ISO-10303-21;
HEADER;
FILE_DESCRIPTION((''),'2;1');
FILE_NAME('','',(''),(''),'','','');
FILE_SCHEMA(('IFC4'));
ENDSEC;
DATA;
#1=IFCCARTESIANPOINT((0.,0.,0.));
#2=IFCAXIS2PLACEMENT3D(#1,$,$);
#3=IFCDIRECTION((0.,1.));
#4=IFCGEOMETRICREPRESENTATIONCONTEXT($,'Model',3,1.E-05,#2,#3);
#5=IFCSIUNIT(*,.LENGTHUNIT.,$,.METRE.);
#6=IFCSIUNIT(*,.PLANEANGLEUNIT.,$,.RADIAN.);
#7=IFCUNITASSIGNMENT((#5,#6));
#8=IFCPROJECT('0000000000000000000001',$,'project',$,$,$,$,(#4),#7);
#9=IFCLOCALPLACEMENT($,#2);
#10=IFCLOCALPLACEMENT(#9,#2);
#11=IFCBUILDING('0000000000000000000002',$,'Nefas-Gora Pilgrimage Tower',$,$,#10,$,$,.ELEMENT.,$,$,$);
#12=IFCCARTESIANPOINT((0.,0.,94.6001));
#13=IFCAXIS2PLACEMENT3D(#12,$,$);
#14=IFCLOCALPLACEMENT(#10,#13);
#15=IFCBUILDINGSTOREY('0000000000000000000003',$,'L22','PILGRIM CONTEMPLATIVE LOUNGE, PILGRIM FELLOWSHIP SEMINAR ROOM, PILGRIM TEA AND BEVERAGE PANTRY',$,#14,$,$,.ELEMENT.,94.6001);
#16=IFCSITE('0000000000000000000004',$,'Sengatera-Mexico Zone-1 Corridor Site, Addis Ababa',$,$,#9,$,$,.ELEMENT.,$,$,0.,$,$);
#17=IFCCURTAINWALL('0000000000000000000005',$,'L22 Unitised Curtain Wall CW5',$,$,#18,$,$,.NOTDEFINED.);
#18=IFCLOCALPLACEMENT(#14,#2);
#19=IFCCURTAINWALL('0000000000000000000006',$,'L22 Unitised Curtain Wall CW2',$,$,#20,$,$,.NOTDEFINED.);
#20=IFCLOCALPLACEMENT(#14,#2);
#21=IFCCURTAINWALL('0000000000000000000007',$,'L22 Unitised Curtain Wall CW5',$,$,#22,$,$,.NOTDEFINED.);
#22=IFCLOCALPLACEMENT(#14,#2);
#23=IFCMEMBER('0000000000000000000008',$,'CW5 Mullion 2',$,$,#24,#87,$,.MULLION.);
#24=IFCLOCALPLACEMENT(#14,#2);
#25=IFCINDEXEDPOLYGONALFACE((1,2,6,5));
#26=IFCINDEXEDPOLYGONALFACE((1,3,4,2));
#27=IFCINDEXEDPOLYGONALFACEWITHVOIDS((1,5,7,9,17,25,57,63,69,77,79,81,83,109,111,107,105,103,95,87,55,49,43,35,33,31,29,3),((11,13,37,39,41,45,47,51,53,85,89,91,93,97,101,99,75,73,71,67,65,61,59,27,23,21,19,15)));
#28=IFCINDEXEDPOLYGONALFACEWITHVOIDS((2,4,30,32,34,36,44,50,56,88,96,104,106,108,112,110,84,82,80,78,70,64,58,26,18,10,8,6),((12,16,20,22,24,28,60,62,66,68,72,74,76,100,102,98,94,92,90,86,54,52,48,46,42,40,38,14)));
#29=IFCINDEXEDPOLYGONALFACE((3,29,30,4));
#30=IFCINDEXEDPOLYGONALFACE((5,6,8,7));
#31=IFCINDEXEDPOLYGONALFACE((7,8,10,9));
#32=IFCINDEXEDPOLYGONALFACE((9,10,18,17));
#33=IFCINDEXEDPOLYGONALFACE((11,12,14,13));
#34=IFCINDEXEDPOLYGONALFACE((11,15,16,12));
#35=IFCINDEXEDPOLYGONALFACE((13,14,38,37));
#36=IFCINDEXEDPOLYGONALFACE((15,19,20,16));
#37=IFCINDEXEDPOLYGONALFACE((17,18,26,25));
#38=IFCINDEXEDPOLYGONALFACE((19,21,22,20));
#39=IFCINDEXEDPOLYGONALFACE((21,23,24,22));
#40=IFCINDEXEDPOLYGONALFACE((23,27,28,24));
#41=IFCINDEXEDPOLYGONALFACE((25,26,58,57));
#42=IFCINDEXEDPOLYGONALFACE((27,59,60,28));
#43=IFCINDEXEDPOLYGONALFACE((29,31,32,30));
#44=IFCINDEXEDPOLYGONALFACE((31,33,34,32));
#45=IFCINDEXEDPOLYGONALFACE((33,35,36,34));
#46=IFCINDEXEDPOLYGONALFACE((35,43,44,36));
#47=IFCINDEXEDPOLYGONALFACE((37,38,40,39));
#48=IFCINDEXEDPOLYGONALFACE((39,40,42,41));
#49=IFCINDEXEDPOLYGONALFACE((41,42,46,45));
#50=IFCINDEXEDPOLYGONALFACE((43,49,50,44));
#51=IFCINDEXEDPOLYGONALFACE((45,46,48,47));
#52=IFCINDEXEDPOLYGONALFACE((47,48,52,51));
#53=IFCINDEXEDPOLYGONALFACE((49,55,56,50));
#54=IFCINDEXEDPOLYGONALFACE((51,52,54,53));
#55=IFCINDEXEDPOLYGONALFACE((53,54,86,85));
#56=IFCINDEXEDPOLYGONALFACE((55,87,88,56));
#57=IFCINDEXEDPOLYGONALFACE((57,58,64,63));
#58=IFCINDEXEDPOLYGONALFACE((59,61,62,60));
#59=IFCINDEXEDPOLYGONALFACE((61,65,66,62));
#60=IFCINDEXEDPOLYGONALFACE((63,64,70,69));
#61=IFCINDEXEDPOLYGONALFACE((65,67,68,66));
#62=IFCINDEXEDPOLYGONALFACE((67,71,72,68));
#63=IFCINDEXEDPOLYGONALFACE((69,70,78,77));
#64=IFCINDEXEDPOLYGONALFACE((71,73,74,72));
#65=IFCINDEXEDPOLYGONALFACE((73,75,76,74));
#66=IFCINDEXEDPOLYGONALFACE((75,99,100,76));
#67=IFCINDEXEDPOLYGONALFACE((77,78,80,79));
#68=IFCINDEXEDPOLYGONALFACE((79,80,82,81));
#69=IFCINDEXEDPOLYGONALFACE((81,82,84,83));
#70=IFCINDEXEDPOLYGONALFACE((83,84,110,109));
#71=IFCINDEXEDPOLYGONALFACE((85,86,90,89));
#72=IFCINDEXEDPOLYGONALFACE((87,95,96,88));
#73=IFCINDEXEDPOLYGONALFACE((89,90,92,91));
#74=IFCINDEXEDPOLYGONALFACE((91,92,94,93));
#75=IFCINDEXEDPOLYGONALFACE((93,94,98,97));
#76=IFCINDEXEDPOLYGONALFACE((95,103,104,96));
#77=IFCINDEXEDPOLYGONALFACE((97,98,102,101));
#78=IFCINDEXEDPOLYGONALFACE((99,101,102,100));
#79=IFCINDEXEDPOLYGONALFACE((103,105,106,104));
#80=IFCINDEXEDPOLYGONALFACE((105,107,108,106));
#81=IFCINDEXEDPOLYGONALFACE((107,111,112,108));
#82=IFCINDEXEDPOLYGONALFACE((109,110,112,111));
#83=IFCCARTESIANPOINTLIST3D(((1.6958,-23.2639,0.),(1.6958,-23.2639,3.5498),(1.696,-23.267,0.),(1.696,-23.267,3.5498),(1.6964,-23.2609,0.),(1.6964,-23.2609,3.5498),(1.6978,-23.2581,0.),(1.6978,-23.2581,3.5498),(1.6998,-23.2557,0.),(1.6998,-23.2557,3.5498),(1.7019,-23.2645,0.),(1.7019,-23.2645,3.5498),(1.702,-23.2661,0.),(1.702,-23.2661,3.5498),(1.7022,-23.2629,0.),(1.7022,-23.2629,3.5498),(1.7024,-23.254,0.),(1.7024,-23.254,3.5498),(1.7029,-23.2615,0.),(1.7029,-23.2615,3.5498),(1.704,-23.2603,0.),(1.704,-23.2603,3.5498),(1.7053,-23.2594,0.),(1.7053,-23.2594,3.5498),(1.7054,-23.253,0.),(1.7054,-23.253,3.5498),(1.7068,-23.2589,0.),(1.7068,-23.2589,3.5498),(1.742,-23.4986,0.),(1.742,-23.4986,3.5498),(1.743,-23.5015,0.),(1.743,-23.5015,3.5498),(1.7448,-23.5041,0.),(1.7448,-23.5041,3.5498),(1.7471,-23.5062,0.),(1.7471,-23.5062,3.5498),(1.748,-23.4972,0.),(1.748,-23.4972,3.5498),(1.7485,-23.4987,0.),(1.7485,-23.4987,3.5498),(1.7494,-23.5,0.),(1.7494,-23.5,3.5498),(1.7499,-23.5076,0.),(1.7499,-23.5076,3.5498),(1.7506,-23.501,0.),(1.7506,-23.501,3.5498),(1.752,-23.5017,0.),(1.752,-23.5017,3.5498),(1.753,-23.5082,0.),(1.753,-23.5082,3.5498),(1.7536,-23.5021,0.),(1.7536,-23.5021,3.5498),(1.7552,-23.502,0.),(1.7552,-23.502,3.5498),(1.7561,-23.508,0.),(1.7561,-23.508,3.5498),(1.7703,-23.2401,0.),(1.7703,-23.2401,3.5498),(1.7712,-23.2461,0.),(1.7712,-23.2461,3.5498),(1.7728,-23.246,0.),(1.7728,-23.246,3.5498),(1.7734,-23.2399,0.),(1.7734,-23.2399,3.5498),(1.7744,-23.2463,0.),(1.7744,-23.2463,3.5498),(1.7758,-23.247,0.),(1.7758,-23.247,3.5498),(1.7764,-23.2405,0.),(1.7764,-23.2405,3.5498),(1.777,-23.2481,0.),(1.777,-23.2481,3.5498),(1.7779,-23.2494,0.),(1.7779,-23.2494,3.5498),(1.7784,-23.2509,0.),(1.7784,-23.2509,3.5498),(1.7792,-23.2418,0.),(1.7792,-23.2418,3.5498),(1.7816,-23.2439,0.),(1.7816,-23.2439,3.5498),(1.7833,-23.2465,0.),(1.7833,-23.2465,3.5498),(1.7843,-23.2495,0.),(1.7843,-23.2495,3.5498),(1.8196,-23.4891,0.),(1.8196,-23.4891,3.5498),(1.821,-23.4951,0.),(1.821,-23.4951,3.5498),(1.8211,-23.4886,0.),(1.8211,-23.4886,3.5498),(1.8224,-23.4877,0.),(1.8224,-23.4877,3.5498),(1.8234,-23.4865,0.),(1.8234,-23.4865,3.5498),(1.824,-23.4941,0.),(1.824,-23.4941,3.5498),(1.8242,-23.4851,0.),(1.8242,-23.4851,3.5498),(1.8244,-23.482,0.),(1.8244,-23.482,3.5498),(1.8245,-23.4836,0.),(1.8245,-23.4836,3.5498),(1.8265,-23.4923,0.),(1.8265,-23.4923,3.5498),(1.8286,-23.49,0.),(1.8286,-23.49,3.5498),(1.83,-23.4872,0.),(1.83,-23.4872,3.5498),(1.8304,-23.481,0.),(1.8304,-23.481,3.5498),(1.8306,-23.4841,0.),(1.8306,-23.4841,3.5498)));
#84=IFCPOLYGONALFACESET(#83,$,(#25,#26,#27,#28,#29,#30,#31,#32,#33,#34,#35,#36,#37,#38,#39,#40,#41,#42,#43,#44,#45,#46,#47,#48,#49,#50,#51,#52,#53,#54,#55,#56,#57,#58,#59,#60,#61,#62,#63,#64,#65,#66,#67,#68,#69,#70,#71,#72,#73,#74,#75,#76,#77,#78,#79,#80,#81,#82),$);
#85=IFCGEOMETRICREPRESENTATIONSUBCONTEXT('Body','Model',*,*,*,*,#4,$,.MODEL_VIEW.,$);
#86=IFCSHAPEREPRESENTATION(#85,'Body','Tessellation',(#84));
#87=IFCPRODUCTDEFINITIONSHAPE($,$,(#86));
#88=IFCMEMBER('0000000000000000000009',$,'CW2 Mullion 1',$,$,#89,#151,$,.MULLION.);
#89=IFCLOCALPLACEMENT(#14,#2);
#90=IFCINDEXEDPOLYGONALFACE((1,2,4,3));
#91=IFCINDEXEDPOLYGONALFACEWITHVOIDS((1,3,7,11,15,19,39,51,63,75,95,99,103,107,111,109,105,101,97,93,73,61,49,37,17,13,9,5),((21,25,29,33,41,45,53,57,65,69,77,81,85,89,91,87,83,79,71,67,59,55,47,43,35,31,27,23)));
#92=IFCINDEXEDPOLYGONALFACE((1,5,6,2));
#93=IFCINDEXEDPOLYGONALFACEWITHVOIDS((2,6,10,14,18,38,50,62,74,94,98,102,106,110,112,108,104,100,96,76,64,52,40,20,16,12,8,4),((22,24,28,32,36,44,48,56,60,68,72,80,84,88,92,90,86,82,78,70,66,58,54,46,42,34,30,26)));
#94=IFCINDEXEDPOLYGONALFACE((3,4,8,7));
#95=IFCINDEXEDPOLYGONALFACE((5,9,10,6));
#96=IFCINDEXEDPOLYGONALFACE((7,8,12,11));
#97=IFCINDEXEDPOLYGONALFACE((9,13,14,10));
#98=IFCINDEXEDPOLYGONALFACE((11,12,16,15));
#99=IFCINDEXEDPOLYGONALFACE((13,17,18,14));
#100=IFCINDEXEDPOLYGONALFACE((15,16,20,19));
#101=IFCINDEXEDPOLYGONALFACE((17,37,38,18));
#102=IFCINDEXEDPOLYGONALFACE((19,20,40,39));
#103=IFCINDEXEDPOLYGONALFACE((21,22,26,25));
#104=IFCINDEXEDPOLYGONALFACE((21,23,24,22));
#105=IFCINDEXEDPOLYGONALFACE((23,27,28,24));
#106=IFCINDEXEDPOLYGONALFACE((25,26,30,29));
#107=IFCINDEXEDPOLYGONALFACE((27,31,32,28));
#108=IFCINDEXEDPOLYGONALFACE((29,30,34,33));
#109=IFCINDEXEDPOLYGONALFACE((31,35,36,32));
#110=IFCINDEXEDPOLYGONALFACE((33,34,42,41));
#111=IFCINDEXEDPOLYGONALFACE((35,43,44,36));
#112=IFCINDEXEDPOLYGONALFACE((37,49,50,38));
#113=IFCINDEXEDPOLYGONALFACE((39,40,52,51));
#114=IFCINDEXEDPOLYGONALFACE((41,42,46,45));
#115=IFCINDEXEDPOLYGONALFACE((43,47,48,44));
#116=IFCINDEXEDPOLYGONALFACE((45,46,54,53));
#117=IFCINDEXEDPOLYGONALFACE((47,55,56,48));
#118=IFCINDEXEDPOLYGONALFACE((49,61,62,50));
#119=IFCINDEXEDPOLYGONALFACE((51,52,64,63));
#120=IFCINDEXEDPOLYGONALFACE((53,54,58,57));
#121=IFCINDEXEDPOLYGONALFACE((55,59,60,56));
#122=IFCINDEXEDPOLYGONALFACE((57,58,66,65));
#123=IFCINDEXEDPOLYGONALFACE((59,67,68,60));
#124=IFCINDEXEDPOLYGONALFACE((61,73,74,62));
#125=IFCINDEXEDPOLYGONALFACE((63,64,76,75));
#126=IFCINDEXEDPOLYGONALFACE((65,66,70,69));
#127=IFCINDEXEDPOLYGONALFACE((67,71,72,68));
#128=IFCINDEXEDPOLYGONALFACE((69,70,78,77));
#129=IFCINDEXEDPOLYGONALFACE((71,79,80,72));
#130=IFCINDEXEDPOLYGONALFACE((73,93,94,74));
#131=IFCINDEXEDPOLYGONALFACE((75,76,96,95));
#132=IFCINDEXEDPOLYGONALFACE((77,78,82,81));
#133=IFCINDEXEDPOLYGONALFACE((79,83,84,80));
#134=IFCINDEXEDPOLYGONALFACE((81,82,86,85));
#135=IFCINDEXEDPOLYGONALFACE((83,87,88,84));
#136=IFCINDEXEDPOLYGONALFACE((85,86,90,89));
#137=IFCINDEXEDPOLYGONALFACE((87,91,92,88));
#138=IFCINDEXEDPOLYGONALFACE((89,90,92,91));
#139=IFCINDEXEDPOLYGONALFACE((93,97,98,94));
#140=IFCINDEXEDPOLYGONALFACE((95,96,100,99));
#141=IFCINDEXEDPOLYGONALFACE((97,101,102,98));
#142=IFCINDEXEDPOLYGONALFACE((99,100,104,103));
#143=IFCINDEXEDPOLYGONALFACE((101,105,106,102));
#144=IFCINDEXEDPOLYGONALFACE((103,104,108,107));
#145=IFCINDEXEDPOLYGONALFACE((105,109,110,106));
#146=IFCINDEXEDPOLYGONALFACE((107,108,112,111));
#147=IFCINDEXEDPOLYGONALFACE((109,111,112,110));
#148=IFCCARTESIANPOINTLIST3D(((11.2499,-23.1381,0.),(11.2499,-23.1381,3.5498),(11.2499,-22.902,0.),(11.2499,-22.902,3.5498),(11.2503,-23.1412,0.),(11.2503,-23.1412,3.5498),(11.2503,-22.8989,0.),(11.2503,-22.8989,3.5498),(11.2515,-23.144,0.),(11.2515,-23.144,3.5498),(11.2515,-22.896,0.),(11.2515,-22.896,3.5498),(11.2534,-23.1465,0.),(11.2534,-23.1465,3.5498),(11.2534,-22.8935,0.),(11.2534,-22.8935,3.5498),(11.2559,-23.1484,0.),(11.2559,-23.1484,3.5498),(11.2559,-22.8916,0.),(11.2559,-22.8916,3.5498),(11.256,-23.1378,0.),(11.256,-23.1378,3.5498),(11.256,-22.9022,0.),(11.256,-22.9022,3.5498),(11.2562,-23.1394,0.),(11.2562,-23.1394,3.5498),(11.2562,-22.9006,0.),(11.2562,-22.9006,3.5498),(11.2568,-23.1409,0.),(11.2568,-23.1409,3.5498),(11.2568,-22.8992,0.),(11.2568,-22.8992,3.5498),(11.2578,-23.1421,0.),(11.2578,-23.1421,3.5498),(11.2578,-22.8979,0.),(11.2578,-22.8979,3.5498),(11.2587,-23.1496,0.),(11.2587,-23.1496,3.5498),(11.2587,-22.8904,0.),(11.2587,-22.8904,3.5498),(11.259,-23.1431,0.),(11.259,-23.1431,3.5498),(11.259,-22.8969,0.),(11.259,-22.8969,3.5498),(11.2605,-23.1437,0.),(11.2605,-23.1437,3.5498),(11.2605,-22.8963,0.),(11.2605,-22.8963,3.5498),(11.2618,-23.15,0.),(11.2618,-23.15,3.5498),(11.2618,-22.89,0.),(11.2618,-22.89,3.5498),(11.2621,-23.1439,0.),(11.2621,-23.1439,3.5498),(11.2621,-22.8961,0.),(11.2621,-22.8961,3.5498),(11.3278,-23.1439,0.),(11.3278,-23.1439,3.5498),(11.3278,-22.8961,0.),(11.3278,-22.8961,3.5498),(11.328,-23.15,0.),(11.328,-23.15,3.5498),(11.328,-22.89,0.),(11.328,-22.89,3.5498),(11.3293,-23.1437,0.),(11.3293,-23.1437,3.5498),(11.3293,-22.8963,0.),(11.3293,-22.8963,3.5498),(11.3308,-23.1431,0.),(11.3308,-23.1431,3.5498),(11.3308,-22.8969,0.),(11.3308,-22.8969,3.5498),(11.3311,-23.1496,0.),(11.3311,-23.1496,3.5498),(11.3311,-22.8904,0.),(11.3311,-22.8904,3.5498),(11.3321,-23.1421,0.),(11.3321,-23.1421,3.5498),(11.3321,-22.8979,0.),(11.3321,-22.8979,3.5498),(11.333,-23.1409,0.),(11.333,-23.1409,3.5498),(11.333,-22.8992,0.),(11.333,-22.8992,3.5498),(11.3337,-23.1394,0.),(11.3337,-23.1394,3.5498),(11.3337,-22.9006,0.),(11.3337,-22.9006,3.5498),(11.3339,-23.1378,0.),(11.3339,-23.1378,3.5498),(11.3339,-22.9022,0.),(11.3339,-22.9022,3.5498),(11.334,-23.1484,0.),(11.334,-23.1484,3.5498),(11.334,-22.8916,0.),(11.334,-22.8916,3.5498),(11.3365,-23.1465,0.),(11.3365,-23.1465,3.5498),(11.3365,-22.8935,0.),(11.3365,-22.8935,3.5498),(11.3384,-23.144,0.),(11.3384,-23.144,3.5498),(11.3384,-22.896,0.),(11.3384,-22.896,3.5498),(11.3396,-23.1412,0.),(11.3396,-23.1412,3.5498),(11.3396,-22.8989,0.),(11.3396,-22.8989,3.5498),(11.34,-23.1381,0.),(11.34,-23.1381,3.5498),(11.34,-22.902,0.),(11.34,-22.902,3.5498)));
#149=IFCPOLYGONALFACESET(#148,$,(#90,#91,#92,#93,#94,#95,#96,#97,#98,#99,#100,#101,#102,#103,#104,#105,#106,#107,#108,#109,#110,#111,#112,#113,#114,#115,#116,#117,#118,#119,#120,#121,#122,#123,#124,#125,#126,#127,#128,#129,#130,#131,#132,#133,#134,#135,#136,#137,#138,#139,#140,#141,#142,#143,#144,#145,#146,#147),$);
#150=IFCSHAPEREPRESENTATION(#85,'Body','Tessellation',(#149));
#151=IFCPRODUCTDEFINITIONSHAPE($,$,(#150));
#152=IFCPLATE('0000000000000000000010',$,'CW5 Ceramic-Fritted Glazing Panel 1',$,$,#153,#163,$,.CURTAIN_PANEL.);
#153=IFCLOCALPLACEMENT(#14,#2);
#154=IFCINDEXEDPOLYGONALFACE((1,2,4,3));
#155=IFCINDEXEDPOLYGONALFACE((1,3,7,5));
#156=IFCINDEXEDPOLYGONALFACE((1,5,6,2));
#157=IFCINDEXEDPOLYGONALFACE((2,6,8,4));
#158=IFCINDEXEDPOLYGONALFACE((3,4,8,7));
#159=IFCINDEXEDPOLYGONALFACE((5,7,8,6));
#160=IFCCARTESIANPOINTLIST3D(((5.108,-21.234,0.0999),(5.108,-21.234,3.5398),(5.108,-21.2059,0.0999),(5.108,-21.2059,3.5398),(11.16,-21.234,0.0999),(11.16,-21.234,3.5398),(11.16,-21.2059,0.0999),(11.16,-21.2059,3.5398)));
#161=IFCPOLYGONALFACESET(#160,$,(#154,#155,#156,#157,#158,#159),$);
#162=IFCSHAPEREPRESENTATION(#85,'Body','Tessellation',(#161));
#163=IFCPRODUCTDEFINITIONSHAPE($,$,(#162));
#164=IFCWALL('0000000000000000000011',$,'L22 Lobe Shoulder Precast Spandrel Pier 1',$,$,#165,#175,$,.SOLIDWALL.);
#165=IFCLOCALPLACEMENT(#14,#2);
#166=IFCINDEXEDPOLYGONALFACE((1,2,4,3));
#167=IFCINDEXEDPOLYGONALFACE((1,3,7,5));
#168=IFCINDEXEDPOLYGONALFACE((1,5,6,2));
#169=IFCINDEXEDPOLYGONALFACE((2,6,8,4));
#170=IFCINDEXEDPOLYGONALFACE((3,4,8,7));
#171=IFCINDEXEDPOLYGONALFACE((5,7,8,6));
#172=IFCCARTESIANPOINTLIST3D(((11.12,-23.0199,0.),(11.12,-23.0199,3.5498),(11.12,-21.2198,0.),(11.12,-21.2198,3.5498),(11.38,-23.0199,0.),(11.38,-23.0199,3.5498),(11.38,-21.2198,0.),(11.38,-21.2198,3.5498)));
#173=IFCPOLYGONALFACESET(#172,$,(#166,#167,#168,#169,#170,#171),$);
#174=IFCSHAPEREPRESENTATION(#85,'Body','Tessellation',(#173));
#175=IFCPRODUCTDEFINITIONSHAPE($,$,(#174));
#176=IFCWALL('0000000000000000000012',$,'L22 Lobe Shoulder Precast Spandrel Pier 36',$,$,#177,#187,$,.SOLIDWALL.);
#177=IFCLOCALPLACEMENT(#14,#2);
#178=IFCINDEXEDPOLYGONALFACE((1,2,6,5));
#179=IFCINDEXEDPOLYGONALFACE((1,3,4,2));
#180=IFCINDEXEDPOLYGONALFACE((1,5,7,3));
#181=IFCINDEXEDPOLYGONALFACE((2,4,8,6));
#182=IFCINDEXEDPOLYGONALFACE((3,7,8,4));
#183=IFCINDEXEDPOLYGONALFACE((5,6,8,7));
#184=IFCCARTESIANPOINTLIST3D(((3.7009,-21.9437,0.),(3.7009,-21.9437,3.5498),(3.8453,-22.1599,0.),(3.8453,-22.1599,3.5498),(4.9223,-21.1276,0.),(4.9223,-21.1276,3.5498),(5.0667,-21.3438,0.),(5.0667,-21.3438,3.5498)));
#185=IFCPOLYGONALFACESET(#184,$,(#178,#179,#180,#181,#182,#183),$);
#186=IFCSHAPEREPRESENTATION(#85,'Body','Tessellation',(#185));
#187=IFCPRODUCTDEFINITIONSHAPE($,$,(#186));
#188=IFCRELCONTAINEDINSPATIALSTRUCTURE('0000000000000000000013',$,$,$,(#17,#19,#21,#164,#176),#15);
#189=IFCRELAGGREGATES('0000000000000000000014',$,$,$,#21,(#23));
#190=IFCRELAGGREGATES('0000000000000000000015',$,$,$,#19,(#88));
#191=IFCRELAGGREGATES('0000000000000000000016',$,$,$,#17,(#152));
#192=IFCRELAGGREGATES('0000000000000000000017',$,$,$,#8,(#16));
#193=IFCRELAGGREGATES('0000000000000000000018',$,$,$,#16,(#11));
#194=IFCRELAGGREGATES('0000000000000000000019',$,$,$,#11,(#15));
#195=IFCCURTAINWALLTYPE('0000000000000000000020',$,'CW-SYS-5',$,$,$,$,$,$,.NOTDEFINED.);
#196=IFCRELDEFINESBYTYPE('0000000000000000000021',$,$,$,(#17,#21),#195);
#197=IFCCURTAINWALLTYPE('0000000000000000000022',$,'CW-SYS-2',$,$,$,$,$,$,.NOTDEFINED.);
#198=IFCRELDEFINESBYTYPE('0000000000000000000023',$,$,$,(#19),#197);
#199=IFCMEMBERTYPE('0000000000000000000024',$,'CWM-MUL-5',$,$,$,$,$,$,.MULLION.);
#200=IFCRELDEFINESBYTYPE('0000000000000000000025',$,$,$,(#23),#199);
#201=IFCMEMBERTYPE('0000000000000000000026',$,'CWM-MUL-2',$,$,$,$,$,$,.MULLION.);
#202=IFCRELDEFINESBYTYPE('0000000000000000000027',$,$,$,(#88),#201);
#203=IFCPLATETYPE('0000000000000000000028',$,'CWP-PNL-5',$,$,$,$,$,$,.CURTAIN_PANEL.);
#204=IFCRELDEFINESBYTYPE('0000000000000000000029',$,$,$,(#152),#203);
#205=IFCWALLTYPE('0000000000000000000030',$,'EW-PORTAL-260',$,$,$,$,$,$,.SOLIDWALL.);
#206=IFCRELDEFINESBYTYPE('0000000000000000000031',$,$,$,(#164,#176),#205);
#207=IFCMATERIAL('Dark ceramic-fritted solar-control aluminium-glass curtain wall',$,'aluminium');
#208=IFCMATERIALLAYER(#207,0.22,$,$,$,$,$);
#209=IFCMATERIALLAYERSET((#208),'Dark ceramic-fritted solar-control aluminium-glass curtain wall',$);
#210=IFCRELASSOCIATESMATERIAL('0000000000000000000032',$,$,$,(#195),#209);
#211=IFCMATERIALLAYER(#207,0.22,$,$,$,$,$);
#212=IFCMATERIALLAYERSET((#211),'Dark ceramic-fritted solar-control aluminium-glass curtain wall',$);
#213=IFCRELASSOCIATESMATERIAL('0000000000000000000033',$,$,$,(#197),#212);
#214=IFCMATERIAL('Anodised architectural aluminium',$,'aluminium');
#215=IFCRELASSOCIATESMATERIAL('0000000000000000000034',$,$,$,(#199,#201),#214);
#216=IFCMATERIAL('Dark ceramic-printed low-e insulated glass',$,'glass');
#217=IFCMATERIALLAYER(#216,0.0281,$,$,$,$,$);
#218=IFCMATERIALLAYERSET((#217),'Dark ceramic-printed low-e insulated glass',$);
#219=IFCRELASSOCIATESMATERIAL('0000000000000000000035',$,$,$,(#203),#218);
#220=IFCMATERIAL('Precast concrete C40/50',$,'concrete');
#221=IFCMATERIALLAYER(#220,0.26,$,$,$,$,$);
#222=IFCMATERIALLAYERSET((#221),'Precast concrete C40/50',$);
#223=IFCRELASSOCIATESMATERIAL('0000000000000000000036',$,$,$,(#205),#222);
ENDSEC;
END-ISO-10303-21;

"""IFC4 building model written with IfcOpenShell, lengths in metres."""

from ifc_helpers import new_model, si_unit, direction, frame, frame_2d, origin, origin_2d, place, context, subcontext, project, spatial, rectangle, hollow_rectangle, extrude, source, transform, mapped, material, layer, layer_set, material_profile, profile_set, type_object, element, aggregate, save


model = new_model("IFC4")

# Units and contexts
model_context = context("Model", 3, precision=1e-05, world=origin(), true_north=direction((0.0, 1.0)))
body_context = subcontext(model_context, "Body", "Model", "MODEL_VIEW")
ifc_project = project(units=[si_unit("LENGTHUNIT", "METRE"), si_unit("PLANEANGLEUNIT", "RADIAN")], contexts=[model_context])

# Site, building, storey
site_placement = place(None, origin())
site = spatial("IfcSite", under=ifc_project, at=site_placement, Name="Sengatera-Mexico Zone-1 Corridor Site, Addis Ababa", CompositionType="ELEMENT", RefElevation=0.0)
building_placement = place(site_placement, origin())
building = spatial("IfcBuilding", under=site, at=building_placement, Name="Nefas-Gora Pilgrimage Tower", CompositionType="ELEMENT")
storey_placement = place(building_placement, frame((0.0, 0.0, 94.6001)))
storey = spatial("IfcBuildingStorey", under=building, at=storey_placement, Name="L22", Description="PILGRIM CONTEMPLATIVE LOUNGE, PILGRIM FELLOWSHIP SEMINAR ROOM, PILGRIM TEA AND BEVERAGE PANTRY", CompositionType="ELEMENT", Elevation=94.6001)

# Curtain walls
ifc_material_1 = material(Name="Dark ceramic-fritted solar-control aluminium-glass curtain wall", Category="aluminium")
ifc_layer_1 = layer(ifc_material_1, 0.22)
ifc_layer_set_1 = layer_set([ifc_layer_1], Name="Dark ceramic-fritted solar-control aluminium-glass curtain wall")
curtain_wall_type_1 = type_object("IfcCurtainWallType", Name="CW-SYS-5", PredefinedType="NOTDEFINED", material=ifc_layer_set_1)
curtain_wall_1_placement = place(storey_placement, origin())
curtain_wall_1 = element("IfcCurtainWall", 1, at=curtain_wall_1_placement, inside=storey, type_object=curtain_wall_type_1, Name="L22 Unitised Curtain Wall CW5", PredefinedType="NOTDEFINED")
ifc_material_2 = material(Name="Anodised architectural aluminium", Category="aluminium")
ifc_layer_2 = layer(ifc_material_1, 0.22)
ifc_layer_set_2 = layer_set([ifc_layer_2], Name="Dark ceramic-fritted solar-control aluminium-glass curtain wall")
curtain_wall_type_2 = type_object("IfcCurtainWallType", Name="CW-SYS-2", PredefinedType="NOTDEFINED", material=ifc_layer_set_2)
curtain_wall_2_placement = place(storey_placement, origin())
curtain_wall_2 = element("IfcCurtainWall", 2, at=curtain_wall_2_placement, inside=storey, type_object=curtain_wall_type_2, Name="L22 Unitised Curtain Wall CW2", PredefinedType="NOTDEFINED")

# Shared definitions
ifc_material_profile_1 = material_profile(ifc_material_2, hollow_rectangle(XDim=0.0901, YDim=0.26, WallThickness=0.0061, InnerFilletRadius=0.0061, OuterFilletRadius=0.012, at=origin_2d()), Name="ALU MULLION 90x260")
ifc_profile_set_1 = profile_set([ifc_material_profile_1], Name="Anodised architectural aluminium")
member_type_1 = type_object("IfcMemberType", Name="CWM-MUL-5", PredefinedType="MULLION", material=ifc_profile_set_1)
shared_shape_1 = source(origin(), body_context, "Body", "SweptSolid", [
    extrude(hollow_rectangle(XDim=0.0901, YDim=0.26, WallThickness=0.0061, InnerFilletRadius=0.0061, OuterFilletRadius=0.012, at=origin_2d()), origin(), (0.0, 0.0, 1.0), 3.5498),
])

# Curtain wall, member
curtain_wall_3_placement = place(storey_placement, origin())
curtain_wall_3 = element("IfcCurtainWall", 3, at=curtain_wall_3_placement, inside=storey, type_object=curtain_wall_type_1, Name="L22 Unitised Curtain Wall CW5", PredefinedType="NOTDEFINED")
member_1_placement = place(storey_placement, frame((1.7632, -23.374, 0.0), z_axis=(0.0, 0.0, 1.0), x_axis=(0.980783, 0.195102, 0.0)))
member_1 = element("IfcMember", 4, at=member_1_placement, type_object=member_type_1, Name="CW5 Mullion 2", PredefinedType="MULLION", context=body_context, shape_type="MappedRepresentation", body=[
    mapped(shared_shape_1, transform((0.0, 0.0, 0.0), x_axis=(1.0, 0.0, 0.0), y_axis=(0.0, 1.0, 0.0), z_axis=(0.0, 0.0, 1.0), scale=1.0)),
])
aggregate(curtain_wall_3, [member_1])

# Member
ifc_material_profile_2 = material_profile(ifc_material_2, hollow_rectangle(XDim=0.0901, YDim=0.26, WallThickness=0.0061, InnerFilletRadius=0.0061, OuterFilletRadius=0.012, at=origin_2d()), Name="ALU MULLION 90x260")
ifc_profile_set_2 = profile_set([ifc_material_profile_2], Name="Anodised architectural aluminium")
member_type_2 = type_object("IfcMemberType", Name="CWM-MUL-2", PredefinedType="MULLION", material=ifc_profile_set_2)
shared_shape_2 = source(origin(), body_context, "Body", "SweptSolid", [
    extrude(hollow_rectangle(XDim=0.0901, YDim=0.26, WallThickness=0.0061, InnerFilletRadius=0.0061, OuterFilletRadius=0.012, at=origin_2d()), origin(), (0.0, 0.0, 1.0), 3.5498),
])
member_2_placement = place(storey_placement, frame((11.2949, -23.02, 0.0), z_axis=(0.0, 0.0, 1.0), x_axis=(1.0, 0.0, 0.0)))
member_2 = element("IfcMember", 5, at=member_2_placement, type_object=member_type_2, Name="CW2 Mullion 1", PredefinedType="MULLION", context=body_context, shape_type="MappedRepresentation", body=[
    mapped(shared_shape_2, transform((0.0, 0.0, 0.0), x_axis=(1.0, 0.0, 0.0), y_axis=(0.0, 1.0, 0.0), z_axis=(0.0, 0.0, 1.0), scale=1.0)),
])
aggregate(curtain_wall_2, [member_2])

# Plate
ifc_material_3 = material(Name="Dark ceramic-printed low-e insulated glass", Category="glass")
ifc_layer_3 = layer(ifc_material_3, 0.0281)
ifc_layer_set_3 = layer_set([ifc_layer_3], Name="Dark ceramic-printed low-e insulated glass")
plate_type = type_object("IfcPlateType", Name="CWP-PNL-5", PredefinedType="CURTAIN_PANEL", material=ifc_layer_set_3)
shared_shape_3 = source(origin(), body_context, "Body", "SweptSolid", [
    extrude(rectangle(XDim=6.052, YDim=0.0281, at=origin_2d()), origin(), (0.0, 0.0, 1.0), 3.4399),
])
plate_placement = place(storey_placement, frame((8.134, -21.22, 0.0999), z_axis=(0.0, 0.0, 1.0), x_axis=(1.0, 0.0, 0.0)))
plate = element("IfcPlate", 6, at=plate_placement, type_object=plate_type, Name="CW5 Ceramic-Fritted Glazing Panel 1", PredefinedType="CURTAIN_PANEL", context=body_context, shape_type="MappedRepresentation", body=[
    mapped(shared_shape_3, transform((0.0, 0.0, 0.0), x_axis=(1.0, 0.0, 0.0), y_axis=(0.0, 1.0, 0.0), z_axis=(0.0, 0.0, 1.0), scale=1.0)),
])
aggregate(curtain_wall_1, [plate])

# Walls
ifc_material_4 = material(Name="Precast concrete C40/50", Category="concrete")
ifc_layer_4 = layer(ifc_material_4, 0.26)
ifc_layer_set_4 = layer_set([ifc_layer_4], Name="Precast concrete C40/50")
wall_type_1 = type_object("IfcWallType", Name="EW-PORTAL-260", PredefinedType="SOLIDWALL", material=ifc_layer_set_4)
shared_shape_4 = source(origin(), body_context, "Body", "SweptSolid", [
    extrude(rectangle(XDim=1.8, YDim=0.26, at=frame_2d((0.8999, 0.0))), origin(), (0.0, 0.0, 1.0), 3.5498),
])
wall_1_placement = place(storey_placement, frame((11.25, -21.22, 0.0), z_axis=(0.0, 0.0, 1.0), x_axis=(0.0, -1.0, 0.0)))
element("IfcWall", 7, at=wall_1_placement, inside=storey, type_object=wall_type_1, Name="L22 Lobe Shoulder Precast Spandrel Pier 1", PredefinedType="SOLIDWALL", context=body_context, shape_type="MappedRepresentation", body=[
    mapped(shared_shape_4, transform((0.0, 0.0, 0.0), x_axis=(1.0, 0.0, 0.0), y_axis=(0.0, 1.0, 0.0), z_axis=(0.0, 0.0, 1.0), scale=1.0)),
])
shared_shape_5 = source(origin(), body_context, "Body", "SweptSolid", [
    extrude(rectangle(XDim=1.469, YDim=0.26, at=frame_2d((0.7344, 0.0))), origin(), (0.0, 0.0, 1.0), 3.5498),
])
wall_2_placement = place(storey_placement, frame((3.7732, -22.0518, 0.0), z_axis=(0.0, 0.0, 1.0), x_axis=(0.831462, 0.555582, 0.0)))
element("IfcWall", 8, at=wall_2_placement, inside=storey, type_object=wall_type_1, Name="L22 Lobe Shoulder Precast Spandrel Pier 36", PredefinedType="SOLIDWALL", context=body_context, shape_type="MappedRepresentation", body=[
    mapped(shared_shape_5, transform((0.0, 0.0, 0.0), x_axis=(1.0, 0.0, 0.0), y_axis=(0.0, 1.0, 0.0), z_axis=(0.0, 0.0, 1.0), scale=1.0)),
])

save(model, "model.ifc")
